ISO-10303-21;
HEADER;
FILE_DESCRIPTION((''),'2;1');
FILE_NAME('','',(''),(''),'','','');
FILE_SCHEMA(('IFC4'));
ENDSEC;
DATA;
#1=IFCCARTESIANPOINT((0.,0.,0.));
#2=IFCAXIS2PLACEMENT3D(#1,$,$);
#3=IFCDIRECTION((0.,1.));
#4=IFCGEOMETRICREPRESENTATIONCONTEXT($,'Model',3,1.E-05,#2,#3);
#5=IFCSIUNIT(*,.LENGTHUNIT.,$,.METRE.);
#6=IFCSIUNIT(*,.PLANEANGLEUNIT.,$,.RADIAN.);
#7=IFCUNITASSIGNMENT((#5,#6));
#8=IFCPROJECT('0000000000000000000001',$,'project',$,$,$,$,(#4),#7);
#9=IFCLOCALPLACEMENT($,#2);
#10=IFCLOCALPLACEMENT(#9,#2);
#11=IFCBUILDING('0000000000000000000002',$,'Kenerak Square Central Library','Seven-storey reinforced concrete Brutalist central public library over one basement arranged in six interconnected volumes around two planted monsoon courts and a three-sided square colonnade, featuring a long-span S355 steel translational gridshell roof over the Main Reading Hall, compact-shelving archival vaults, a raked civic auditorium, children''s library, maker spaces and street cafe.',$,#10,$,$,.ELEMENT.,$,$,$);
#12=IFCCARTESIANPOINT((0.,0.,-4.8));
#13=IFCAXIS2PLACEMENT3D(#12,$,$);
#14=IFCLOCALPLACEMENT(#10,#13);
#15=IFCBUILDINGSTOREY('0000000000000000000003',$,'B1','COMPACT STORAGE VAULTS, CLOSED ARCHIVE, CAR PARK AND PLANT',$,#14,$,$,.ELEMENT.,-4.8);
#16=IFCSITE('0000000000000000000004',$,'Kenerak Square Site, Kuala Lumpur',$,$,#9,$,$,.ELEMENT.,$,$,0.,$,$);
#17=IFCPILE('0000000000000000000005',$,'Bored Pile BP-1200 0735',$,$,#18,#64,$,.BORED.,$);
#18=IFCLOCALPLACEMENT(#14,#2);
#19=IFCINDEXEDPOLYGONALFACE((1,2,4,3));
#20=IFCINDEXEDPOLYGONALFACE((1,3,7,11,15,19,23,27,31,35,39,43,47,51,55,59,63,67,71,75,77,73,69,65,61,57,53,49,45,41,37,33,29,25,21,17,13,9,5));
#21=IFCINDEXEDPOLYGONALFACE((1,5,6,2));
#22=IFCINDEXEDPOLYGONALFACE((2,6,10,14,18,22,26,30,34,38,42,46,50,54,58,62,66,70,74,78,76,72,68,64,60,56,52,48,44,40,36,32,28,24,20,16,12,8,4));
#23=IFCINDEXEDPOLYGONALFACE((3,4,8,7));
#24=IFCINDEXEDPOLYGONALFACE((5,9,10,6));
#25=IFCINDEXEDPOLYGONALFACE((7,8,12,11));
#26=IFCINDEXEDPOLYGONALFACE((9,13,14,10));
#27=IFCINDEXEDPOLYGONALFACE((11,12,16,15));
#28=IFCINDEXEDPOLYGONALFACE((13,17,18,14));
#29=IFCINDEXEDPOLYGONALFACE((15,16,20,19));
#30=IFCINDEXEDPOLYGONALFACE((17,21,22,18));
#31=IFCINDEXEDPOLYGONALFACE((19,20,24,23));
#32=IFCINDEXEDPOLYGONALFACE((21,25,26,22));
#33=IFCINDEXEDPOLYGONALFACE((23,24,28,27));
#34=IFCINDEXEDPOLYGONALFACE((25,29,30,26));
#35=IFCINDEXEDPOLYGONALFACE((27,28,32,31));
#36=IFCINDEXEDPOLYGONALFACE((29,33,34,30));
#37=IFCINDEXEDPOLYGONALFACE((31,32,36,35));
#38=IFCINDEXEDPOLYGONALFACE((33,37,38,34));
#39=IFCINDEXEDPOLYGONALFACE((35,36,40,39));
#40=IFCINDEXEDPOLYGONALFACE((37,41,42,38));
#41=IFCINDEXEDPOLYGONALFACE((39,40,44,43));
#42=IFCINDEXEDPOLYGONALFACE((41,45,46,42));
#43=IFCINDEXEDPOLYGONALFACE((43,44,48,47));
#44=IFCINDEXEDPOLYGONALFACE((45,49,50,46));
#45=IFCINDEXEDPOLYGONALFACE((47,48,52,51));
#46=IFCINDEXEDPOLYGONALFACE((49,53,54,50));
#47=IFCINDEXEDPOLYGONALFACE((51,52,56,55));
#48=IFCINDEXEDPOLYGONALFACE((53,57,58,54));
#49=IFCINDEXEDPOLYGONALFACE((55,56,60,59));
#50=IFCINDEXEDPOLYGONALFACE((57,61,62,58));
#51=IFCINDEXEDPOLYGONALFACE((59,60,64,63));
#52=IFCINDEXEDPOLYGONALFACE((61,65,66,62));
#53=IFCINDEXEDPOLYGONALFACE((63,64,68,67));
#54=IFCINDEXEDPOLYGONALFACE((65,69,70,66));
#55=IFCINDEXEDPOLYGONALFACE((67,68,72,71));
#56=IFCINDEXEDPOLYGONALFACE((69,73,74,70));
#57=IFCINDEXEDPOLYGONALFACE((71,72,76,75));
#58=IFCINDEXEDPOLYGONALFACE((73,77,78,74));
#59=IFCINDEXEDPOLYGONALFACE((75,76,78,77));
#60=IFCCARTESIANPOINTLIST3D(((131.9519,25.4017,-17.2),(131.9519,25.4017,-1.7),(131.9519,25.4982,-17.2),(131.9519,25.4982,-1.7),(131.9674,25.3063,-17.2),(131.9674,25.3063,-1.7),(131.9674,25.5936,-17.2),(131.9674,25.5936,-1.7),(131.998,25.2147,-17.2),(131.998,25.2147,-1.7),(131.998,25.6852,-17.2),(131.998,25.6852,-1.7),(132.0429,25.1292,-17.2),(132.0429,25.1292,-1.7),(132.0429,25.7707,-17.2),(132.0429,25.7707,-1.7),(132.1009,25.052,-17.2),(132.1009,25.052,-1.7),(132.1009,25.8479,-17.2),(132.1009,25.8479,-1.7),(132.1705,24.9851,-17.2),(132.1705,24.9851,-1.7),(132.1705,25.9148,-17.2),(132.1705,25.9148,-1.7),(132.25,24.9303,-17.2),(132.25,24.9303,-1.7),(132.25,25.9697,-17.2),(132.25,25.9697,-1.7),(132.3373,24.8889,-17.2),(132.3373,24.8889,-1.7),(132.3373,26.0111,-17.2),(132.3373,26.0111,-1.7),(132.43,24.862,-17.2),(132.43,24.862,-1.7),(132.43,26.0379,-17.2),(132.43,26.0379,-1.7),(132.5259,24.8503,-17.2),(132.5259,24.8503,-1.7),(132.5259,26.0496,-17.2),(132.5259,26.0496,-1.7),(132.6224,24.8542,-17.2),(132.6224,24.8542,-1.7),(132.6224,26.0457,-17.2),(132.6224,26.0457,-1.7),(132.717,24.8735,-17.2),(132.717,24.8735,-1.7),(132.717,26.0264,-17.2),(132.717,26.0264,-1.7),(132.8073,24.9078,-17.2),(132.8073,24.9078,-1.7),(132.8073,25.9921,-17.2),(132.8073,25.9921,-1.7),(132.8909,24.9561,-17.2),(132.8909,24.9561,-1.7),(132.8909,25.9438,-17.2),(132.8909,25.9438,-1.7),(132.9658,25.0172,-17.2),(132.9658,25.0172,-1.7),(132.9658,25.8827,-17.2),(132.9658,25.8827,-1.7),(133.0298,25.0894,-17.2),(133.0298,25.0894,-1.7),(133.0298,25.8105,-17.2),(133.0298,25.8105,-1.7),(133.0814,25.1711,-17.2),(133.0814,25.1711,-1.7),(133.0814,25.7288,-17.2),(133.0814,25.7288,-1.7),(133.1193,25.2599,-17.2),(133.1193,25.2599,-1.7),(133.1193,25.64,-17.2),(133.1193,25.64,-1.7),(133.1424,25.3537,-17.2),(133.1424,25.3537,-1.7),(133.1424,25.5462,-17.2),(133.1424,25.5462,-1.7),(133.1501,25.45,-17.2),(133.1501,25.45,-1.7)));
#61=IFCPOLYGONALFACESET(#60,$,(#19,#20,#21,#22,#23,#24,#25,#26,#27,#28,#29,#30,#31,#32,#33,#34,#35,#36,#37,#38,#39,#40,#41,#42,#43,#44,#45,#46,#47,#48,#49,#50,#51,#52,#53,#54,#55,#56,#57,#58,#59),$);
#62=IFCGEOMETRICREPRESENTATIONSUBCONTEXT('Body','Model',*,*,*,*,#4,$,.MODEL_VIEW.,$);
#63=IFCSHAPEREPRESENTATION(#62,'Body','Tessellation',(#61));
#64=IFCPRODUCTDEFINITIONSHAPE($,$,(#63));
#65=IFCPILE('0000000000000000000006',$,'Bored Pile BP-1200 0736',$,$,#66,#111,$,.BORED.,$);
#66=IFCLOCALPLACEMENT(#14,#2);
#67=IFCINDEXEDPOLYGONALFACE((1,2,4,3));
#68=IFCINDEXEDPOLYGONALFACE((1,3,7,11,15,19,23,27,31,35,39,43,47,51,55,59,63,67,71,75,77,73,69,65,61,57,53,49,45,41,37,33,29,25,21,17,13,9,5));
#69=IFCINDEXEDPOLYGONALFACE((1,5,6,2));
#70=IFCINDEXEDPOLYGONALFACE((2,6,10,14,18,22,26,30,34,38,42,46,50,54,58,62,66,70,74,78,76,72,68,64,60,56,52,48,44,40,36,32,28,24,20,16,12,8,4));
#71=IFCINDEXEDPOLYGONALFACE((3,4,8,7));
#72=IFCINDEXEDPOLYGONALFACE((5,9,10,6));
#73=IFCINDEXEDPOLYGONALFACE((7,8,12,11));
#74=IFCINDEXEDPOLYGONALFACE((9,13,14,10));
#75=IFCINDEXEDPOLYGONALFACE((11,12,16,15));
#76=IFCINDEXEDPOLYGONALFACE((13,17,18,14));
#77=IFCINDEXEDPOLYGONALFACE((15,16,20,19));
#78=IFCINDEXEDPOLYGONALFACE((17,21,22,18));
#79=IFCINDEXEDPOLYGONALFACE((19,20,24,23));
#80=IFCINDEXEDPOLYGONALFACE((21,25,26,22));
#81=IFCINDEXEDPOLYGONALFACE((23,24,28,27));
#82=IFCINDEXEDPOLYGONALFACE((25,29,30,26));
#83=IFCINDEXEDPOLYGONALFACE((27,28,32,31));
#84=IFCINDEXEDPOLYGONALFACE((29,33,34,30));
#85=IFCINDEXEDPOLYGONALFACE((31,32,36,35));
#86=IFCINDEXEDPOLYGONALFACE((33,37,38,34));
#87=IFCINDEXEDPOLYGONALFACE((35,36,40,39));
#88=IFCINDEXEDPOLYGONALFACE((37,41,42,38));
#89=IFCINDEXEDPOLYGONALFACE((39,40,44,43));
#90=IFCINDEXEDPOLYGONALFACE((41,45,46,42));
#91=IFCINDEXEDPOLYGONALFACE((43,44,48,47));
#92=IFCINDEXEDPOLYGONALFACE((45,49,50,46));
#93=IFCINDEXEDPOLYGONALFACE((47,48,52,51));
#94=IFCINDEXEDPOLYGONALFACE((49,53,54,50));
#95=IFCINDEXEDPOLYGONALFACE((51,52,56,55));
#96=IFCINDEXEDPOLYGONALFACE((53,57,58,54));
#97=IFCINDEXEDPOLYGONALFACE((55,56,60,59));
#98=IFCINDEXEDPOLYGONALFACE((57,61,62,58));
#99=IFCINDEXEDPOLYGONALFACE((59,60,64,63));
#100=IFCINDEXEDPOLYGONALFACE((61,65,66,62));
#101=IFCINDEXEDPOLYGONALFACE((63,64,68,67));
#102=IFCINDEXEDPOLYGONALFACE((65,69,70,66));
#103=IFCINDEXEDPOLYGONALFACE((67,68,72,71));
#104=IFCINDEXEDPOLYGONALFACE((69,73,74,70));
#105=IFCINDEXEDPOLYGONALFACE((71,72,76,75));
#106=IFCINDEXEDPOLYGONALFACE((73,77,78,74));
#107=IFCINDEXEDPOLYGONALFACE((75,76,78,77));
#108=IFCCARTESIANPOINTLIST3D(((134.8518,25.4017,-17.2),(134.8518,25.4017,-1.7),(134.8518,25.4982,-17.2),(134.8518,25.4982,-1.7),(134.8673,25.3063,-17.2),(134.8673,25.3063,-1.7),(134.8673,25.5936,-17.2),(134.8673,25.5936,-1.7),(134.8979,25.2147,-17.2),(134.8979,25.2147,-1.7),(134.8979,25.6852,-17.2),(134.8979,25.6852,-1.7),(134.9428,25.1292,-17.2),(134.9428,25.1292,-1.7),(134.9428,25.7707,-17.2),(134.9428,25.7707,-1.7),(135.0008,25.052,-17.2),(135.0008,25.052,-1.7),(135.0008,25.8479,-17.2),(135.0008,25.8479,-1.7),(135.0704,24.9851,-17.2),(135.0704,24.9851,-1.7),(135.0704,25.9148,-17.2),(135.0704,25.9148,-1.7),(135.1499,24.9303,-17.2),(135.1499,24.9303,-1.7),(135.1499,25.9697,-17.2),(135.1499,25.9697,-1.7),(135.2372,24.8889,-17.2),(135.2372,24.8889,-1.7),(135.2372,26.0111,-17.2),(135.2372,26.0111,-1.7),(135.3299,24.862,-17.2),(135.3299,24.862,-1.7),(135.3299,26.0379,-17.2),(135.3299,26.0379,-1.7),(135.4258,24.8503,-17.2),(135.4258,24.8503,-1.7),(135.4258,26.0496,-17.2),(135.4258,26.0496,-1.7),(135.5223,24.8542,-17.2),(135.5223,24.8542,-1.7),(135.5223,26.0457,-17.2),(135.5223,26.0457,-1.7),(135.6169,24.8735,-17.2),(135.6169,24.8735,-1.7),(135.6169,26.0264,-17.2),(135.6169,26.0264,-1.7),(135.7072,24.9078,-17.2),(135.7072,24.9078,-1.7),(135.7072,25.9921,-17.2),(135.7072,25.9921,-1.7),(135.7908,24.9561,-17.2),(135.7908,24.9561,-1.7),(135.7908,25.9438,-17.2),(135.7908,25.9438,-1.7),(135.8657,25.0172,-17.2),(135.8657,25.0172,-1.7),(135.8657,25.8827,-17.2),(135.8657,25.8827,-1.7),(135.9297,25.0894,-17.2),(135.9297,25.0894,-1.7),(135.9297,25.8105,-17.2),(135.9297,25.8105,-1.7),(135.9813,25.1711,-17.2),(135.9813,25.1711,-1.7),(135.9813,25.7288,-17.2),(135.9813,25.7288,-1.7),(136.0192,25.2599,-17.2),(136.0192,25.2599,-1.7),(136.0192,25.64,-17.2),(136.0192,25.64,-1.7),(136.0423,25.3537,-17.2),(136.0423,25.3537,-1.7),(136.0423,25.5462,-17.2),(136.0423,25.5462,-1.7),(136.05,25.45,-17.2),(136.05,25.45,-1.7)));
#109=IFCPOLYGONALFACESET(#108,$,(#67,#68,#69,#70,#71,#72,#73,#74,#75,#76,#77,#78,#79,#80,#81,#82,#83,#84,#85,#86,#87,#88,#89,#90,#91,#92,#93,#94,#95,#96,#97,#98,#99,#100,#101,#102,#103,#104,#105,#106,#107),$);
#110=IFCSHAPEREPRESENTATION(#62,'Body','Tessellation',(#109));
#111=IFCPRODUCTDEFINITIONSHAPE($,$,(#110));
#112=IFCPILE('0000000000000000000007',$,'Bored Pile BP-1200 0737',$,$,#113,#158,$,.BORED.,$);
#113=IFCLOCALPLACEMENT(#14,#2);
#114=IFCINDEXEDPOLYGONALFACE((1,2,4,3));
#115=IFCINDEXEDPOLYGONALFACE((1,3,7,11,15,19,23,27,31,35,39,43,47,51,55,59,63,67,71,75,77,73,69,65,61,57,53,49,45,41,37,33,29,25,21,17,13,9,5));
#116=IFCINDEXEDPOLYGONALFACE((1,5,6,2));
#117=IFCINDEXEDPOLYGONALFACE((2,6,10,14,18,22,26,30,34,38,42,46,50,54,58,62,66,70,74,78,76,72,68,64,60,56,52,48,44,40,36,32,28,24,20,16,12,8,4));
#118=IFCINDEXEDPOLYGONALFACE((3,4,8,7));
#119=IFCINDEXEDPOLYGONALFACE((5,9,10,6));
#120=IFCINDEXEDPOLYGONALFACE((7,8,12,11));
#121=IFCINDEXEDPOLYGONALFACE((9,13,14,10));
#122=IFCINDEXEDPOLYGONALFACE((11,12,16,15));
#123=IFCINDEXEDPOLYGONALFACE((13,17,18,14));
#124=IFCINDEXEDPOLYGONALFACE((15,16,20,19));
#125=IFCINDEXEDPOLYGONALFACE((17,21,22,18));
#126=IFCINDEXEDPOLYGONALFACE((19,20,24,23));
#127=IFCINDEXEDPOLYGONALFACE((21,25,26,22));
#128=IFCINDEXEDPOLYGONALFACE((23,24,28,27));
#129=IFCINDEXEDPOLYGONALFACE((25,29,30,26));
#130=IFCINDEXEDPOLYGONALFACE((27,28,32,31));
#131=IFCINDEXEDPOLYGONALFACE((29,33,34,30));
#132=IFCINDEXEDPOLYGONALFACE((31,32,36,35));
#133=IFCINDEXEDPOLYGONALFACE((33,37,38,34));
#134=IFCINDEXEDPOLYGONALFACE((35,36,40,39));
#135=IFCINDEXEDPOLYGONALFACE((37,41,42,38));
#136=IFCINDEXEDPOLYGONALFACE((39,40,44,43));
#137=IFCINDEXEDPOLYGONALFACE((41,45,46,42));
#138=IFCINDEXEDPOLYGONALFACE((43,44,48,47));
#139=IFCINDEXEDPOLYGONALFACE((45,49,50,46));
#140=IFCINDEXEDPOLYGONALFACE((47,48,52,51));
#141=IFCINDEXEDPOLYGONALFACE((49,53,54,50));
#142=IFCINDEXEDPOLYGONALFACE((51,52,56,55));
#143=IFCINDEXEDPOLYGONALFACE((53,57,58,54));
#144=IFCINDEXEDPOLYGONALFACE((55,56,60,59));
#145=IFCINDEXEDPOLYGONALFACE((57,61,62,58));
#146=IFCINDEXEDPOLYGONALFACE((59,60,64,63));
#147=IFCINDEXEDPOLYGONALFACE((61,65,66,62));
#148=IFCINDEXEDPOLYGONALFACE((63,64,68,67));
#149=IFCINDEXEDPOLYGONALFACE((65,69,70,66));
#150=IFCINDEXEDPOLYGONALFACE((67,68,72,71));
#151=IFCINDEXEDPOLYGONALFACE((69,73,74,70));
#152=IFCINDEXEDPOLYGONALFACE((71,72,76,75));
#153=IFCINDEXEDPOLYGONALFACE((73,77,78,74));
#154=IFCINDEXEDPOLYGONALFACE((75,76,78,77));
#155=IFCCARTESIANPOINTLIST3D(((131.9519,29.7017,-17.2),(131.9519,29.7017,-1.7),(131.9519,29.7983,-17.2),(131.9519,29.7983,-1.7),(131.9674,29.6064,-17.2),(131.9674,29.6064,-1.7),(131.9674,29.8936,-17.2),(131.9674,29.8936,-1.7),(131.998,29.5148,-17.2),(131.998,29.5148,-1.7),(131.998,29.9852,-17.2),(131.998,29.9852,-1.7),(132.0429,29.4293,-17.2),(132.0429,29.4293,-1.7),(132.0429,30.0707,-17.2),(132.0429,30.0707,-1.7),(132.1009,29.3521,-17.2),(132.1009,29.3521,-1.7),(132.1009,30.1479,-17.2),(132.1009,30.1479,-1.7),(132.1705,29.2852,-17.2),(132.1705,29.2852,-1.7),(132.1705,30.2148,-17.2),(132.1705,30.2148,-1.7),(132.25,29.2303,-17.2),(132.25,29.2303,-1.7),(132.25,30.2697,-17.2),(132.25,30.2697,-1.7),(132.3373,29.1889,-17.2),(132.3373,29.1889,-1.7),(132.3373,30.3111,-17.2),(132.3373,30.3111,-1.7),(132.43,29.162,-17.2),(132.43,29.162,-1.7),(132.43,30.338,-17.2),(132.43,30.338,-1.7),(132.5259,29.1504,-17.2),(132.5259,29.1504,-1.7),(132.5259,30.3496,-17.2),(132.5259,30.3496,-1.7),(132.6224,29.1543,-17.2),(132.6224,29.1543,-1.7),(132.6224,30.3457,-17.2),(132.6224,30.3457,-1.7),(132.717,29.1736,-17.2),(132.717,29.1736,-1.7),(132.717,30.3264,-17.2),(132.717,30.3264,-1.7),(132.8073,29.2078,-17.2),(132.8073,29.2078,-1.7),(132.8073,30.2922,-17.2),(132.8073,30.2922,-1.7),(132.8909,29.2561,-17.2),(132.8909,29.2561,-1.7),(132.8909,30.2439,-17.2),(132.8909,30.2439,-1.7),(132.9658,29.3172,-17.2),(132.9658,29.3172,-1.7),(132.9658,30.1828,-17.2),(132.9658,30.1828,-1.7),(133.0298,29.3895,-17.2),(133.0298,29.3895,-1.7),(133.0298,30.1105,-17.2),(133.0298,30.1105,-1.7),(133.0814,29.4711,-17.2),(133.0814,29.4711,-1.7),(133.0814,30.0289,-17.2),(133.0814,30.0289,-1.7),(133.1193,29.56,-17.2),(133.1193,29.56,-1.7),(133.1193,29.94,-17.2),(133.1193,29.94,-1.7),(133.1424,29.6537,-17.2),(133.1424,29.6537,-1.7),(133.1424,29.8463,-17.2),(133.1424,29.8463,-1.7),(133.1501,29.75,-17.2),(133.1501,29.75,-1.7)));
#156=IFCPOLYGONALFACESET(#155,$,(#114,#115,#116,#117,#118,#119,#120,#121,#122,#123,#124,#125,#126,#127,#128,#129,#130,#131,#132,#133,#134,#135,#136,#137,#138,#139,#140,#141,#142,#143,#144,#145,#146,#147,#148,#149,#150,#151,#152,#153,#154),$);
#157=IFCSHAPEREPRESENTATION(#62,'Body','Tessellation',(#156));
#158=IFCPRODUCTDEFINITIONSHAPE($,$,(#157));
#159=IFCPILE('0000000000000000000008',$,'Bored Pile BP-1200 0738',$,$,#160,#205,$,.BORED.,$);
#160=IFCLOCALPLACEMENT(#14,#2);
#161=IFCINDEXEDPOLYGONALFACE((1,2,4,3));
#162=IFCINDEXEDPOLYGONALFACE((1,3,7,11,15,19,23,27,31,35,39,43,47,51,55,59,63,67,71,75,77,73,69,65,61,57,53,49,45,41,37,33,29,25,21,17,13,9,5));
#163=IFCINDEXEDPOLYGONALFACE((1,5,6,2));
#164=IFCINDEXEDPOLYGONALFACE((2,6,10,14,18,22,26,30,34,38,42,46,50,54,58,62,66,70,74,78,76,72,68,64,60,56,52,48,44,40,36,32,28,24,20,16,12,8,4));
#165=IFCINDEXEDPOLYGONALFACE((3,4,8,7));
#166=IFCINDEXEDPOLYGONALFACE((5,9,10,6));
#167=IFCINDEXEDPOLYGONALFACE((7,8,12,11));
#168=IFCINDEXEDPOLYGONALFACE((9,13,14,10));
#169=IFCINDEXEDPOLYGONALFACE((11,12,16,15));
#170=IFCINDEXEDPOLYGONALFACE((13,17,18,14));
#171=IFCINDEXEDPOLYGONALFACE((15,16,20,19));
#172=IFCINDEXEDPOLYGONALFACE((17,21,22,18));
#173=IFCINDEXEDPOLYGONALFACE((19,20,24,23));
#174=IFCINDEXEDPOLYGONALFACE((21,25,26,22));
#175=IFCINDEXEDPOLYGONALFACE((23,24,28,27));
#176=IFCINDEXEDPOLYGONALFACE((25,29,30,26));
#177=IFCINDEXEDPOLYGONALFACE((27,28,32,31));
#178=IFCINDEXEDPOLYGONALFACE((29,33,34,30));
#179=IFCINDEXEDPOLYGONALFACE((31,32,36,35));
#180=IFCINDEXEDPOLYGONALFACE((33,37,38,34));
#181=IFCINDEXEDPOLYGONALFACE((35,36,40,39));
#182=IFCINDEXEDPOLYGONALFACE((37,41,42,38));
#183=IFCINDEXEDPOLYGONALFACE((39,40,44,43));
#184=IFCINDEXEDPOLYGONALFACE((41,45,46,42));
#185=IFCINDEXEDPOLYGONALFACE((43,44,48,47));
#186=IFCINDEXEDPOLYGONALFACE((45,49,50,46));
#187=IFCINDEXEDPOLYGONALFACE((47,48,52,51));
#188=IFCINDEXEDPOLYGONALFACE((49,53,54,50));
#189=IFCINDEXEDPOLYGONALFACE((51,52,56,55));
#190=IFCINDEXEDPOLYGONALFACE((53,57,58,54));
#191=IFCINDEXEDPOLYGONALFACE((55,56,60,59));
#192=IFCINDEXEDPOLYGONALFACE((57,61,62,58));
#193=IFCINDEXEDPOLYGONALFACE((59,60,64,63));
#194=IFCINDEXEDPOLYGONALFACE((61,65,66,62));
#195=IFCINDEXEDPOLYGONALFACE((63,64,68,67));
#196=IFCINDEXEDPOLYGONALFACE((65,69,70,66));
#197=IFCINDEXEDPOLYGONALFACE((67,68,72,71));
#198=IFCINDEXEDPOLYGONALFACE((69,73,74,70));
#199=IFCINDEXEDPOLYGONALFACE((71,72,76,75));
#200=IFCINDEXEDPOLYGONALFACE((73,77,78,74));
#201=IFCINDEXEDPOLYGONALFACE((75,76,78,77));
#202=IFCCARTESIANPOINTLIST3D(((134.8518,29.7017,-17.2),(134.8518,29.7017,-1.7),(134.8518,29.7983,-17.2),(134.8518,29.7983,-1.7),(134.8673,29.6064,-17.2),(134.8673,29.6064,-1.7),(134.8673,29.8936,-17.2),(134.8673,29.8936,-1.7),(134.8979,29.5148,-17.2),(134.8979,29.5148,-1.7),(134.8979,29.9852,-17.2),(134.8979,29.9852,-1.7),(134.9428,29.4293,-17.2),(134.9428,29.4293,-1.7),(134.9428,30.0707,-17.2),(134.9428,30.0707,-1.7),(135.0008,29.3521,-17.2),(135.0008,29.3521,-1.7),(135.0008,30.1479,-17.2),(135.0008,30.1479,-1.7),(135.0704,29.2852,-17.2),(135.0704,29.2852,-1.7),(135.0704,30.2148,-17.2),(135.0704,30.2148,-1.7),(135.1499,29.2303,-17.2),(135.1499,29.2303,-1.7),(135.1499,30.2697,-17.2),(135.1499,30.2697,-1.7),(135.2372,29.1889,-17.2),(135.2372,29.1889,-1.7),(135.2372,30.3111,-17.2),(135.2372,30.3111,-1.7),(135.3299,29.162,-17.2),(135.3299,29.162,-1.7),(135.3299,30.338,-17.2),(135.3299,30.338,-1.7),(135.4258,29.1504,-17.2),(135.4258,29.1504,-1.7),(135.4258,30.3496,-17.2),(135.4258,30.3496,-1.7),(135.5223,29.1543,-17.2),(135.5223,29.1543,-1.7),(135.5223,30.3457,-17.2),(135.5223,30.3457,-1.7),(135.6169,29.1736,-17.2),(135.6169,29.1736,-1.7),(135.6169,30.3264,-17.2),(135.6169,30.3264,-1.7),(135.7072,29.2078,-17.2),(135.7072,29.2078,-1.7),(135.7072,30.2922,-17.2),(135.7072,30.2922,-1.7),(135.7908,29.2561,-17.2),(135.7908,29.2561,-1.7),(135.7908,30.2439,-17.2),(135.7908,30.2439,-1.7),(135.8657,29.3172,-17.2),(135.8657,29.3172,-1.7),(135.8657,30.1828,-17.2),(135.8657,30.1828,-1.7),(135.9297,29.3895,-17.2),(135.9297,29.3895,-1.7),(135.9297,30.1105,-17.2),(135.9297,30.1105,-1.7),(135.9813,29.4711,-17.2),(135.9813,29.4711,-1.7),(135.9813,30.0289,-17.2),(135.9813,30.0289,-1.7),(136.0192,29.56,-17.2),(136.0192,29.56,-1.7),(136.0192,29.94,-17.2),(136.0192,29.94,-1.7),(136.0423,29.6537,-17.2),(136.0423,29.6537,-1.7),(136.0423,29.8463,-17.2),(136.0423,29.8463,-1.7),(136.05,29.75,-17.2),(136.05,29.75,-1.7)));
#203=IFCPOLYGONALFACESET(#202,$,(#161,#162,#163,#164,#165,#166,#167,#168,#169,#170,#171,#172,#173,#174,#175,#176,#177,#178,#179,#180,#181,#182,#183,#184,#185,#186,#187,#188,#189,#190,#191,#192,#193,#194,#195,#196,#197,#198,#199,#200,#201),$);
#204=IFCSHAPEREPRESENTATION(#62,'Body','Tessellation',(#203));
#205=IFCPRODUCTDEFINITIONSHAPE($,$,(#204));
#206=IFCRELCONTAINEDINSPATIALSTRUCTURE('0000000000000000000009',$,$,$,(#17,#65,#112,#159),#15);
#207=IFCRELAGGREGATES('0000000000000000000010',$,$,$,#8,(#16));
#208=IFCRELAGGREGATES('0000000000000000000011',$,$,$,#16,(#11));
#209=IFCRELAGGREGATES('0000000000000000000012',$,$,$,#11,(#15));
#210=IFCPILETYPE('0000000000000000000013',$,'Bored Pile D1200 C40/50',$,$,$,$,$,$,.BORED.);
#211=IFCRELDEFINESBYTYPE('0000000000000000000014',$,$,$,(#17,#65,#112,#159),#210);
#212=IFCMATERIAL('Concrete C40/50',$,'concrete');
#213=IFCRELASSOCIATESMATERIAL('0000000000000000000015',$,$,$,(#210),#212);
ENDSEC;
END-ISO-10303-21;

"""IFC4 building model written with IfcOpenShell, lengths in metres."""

from ifc_helpers import new_model, si_unit, direction, frame, origin, origin_2d, place, context, subcontext, project, spatial, circle, extrude, material, material_profile, profile_set, type_object, element, save


model = new_model("IFC4")

# Units and contexts
model_context = context("Model", 3, precision=1e-05, world=origin(), true_north=direction((0.0, 1.0)))
body_context = subcontext(model_context, "Body", "Model", "MODEL_VIEW")
ifc_project = project(units=[si_unit("LENGTHUNIT", "METRE"), si_unit("PLANEANGLEUNIT", "RADIAN")], contexts=[model_context])

# Site, building, storey
site_placement = place(None, origin())
site = spatial("IfcSite", under=ifc_project, at=site_placement, Name="Kenerak Square Site, Kuala Lumpur", CompositionType="ELEMENT", RefElevation=0.0)
building_placement = place(site_placement, origin())
building = spatial("IfcBuilding", under=site, at=building_placement, Name="Kenerak Square Central Library", Description="Seven-storey reinforced concrete Brutalist central public library over one basement arranged in six interconnected volumes around two planted monsoon courts and a three-sided square colonnade, featuring a long-span S355 steel translational gridshell roof over the Main Reading Hall, compact-shelving archival vaults, a raked civic auditorium, children's library, maker spaces and street cafe.", CompositionType="ELEMENT")
storey_placement = place(building_placement, frame((0.0, 0.0, -4.8)))
storey = spatial("IfcBuildingStorey", under=building, at=storey_placement, Name="B1", Description="COMPACT STORAGE VAULTS, CLOSED ARCHIVE, CAR PARK AND PLANT", CompositionType="ELEMENT", Elevation=-4.8)

# Piles
ifc_material_1 = material(Name="Concrete C40/50", Category="concrete")
ifc_material_profile_1 = material_profile(ifc_material_1, circle(Radius=0.6001, at=origin_2d()), Name="BP D1200")
ifc_profile_set_1 = profile_set([ifc_material_profile_1], Name="Concrete C40/50")
pile_type_1 = type_object("IfcPileType", Name="Bored Pile D1200 C40/50", PredefinedType="BORED", material=ifc_profile_set_1)
for number, where, z_axis, x_axis, name in (
    (1, (132.55, 25.45, -1.7), (0.0, 0.0, -1.0), (1.0, 0.0, 0.0), "Bored Pile BP-1200 0735"),
    (2, (135.45, 25.45, -1.7), (0.0, 0.0, -1.0), (1.0, 0.0, 0.0), "Bored Pile BP-1200 0736"),
    (3, (132.55, 29.75, -1.7), (0.0, 0.0, -1.0), (1.0, 0.0, 0.0), "Bored Pile BP-1200 0737"),
    (4, (135.45, 29.75, -1.7), (0.0, 0.0, -1.0), (1.0, 0.0, 0.0), "Bored Pile BP-1200 0738"),
):
    element("IfcPile", number, at=place(storey_placement, frame(where, z_axis=z_axis, x_axis=x_axis)), inside=storey, type_object=pile_type_1, Name=name, PredefinedType="BORED", context=body_context, shape_type="SweptSolid", body=[
        extrude(circle(Radius=0.6001, at=origin_2d()), origin(), (0.0, 0.0, 1.0), 15.5),
    ])

save(model, "model.ifc")
